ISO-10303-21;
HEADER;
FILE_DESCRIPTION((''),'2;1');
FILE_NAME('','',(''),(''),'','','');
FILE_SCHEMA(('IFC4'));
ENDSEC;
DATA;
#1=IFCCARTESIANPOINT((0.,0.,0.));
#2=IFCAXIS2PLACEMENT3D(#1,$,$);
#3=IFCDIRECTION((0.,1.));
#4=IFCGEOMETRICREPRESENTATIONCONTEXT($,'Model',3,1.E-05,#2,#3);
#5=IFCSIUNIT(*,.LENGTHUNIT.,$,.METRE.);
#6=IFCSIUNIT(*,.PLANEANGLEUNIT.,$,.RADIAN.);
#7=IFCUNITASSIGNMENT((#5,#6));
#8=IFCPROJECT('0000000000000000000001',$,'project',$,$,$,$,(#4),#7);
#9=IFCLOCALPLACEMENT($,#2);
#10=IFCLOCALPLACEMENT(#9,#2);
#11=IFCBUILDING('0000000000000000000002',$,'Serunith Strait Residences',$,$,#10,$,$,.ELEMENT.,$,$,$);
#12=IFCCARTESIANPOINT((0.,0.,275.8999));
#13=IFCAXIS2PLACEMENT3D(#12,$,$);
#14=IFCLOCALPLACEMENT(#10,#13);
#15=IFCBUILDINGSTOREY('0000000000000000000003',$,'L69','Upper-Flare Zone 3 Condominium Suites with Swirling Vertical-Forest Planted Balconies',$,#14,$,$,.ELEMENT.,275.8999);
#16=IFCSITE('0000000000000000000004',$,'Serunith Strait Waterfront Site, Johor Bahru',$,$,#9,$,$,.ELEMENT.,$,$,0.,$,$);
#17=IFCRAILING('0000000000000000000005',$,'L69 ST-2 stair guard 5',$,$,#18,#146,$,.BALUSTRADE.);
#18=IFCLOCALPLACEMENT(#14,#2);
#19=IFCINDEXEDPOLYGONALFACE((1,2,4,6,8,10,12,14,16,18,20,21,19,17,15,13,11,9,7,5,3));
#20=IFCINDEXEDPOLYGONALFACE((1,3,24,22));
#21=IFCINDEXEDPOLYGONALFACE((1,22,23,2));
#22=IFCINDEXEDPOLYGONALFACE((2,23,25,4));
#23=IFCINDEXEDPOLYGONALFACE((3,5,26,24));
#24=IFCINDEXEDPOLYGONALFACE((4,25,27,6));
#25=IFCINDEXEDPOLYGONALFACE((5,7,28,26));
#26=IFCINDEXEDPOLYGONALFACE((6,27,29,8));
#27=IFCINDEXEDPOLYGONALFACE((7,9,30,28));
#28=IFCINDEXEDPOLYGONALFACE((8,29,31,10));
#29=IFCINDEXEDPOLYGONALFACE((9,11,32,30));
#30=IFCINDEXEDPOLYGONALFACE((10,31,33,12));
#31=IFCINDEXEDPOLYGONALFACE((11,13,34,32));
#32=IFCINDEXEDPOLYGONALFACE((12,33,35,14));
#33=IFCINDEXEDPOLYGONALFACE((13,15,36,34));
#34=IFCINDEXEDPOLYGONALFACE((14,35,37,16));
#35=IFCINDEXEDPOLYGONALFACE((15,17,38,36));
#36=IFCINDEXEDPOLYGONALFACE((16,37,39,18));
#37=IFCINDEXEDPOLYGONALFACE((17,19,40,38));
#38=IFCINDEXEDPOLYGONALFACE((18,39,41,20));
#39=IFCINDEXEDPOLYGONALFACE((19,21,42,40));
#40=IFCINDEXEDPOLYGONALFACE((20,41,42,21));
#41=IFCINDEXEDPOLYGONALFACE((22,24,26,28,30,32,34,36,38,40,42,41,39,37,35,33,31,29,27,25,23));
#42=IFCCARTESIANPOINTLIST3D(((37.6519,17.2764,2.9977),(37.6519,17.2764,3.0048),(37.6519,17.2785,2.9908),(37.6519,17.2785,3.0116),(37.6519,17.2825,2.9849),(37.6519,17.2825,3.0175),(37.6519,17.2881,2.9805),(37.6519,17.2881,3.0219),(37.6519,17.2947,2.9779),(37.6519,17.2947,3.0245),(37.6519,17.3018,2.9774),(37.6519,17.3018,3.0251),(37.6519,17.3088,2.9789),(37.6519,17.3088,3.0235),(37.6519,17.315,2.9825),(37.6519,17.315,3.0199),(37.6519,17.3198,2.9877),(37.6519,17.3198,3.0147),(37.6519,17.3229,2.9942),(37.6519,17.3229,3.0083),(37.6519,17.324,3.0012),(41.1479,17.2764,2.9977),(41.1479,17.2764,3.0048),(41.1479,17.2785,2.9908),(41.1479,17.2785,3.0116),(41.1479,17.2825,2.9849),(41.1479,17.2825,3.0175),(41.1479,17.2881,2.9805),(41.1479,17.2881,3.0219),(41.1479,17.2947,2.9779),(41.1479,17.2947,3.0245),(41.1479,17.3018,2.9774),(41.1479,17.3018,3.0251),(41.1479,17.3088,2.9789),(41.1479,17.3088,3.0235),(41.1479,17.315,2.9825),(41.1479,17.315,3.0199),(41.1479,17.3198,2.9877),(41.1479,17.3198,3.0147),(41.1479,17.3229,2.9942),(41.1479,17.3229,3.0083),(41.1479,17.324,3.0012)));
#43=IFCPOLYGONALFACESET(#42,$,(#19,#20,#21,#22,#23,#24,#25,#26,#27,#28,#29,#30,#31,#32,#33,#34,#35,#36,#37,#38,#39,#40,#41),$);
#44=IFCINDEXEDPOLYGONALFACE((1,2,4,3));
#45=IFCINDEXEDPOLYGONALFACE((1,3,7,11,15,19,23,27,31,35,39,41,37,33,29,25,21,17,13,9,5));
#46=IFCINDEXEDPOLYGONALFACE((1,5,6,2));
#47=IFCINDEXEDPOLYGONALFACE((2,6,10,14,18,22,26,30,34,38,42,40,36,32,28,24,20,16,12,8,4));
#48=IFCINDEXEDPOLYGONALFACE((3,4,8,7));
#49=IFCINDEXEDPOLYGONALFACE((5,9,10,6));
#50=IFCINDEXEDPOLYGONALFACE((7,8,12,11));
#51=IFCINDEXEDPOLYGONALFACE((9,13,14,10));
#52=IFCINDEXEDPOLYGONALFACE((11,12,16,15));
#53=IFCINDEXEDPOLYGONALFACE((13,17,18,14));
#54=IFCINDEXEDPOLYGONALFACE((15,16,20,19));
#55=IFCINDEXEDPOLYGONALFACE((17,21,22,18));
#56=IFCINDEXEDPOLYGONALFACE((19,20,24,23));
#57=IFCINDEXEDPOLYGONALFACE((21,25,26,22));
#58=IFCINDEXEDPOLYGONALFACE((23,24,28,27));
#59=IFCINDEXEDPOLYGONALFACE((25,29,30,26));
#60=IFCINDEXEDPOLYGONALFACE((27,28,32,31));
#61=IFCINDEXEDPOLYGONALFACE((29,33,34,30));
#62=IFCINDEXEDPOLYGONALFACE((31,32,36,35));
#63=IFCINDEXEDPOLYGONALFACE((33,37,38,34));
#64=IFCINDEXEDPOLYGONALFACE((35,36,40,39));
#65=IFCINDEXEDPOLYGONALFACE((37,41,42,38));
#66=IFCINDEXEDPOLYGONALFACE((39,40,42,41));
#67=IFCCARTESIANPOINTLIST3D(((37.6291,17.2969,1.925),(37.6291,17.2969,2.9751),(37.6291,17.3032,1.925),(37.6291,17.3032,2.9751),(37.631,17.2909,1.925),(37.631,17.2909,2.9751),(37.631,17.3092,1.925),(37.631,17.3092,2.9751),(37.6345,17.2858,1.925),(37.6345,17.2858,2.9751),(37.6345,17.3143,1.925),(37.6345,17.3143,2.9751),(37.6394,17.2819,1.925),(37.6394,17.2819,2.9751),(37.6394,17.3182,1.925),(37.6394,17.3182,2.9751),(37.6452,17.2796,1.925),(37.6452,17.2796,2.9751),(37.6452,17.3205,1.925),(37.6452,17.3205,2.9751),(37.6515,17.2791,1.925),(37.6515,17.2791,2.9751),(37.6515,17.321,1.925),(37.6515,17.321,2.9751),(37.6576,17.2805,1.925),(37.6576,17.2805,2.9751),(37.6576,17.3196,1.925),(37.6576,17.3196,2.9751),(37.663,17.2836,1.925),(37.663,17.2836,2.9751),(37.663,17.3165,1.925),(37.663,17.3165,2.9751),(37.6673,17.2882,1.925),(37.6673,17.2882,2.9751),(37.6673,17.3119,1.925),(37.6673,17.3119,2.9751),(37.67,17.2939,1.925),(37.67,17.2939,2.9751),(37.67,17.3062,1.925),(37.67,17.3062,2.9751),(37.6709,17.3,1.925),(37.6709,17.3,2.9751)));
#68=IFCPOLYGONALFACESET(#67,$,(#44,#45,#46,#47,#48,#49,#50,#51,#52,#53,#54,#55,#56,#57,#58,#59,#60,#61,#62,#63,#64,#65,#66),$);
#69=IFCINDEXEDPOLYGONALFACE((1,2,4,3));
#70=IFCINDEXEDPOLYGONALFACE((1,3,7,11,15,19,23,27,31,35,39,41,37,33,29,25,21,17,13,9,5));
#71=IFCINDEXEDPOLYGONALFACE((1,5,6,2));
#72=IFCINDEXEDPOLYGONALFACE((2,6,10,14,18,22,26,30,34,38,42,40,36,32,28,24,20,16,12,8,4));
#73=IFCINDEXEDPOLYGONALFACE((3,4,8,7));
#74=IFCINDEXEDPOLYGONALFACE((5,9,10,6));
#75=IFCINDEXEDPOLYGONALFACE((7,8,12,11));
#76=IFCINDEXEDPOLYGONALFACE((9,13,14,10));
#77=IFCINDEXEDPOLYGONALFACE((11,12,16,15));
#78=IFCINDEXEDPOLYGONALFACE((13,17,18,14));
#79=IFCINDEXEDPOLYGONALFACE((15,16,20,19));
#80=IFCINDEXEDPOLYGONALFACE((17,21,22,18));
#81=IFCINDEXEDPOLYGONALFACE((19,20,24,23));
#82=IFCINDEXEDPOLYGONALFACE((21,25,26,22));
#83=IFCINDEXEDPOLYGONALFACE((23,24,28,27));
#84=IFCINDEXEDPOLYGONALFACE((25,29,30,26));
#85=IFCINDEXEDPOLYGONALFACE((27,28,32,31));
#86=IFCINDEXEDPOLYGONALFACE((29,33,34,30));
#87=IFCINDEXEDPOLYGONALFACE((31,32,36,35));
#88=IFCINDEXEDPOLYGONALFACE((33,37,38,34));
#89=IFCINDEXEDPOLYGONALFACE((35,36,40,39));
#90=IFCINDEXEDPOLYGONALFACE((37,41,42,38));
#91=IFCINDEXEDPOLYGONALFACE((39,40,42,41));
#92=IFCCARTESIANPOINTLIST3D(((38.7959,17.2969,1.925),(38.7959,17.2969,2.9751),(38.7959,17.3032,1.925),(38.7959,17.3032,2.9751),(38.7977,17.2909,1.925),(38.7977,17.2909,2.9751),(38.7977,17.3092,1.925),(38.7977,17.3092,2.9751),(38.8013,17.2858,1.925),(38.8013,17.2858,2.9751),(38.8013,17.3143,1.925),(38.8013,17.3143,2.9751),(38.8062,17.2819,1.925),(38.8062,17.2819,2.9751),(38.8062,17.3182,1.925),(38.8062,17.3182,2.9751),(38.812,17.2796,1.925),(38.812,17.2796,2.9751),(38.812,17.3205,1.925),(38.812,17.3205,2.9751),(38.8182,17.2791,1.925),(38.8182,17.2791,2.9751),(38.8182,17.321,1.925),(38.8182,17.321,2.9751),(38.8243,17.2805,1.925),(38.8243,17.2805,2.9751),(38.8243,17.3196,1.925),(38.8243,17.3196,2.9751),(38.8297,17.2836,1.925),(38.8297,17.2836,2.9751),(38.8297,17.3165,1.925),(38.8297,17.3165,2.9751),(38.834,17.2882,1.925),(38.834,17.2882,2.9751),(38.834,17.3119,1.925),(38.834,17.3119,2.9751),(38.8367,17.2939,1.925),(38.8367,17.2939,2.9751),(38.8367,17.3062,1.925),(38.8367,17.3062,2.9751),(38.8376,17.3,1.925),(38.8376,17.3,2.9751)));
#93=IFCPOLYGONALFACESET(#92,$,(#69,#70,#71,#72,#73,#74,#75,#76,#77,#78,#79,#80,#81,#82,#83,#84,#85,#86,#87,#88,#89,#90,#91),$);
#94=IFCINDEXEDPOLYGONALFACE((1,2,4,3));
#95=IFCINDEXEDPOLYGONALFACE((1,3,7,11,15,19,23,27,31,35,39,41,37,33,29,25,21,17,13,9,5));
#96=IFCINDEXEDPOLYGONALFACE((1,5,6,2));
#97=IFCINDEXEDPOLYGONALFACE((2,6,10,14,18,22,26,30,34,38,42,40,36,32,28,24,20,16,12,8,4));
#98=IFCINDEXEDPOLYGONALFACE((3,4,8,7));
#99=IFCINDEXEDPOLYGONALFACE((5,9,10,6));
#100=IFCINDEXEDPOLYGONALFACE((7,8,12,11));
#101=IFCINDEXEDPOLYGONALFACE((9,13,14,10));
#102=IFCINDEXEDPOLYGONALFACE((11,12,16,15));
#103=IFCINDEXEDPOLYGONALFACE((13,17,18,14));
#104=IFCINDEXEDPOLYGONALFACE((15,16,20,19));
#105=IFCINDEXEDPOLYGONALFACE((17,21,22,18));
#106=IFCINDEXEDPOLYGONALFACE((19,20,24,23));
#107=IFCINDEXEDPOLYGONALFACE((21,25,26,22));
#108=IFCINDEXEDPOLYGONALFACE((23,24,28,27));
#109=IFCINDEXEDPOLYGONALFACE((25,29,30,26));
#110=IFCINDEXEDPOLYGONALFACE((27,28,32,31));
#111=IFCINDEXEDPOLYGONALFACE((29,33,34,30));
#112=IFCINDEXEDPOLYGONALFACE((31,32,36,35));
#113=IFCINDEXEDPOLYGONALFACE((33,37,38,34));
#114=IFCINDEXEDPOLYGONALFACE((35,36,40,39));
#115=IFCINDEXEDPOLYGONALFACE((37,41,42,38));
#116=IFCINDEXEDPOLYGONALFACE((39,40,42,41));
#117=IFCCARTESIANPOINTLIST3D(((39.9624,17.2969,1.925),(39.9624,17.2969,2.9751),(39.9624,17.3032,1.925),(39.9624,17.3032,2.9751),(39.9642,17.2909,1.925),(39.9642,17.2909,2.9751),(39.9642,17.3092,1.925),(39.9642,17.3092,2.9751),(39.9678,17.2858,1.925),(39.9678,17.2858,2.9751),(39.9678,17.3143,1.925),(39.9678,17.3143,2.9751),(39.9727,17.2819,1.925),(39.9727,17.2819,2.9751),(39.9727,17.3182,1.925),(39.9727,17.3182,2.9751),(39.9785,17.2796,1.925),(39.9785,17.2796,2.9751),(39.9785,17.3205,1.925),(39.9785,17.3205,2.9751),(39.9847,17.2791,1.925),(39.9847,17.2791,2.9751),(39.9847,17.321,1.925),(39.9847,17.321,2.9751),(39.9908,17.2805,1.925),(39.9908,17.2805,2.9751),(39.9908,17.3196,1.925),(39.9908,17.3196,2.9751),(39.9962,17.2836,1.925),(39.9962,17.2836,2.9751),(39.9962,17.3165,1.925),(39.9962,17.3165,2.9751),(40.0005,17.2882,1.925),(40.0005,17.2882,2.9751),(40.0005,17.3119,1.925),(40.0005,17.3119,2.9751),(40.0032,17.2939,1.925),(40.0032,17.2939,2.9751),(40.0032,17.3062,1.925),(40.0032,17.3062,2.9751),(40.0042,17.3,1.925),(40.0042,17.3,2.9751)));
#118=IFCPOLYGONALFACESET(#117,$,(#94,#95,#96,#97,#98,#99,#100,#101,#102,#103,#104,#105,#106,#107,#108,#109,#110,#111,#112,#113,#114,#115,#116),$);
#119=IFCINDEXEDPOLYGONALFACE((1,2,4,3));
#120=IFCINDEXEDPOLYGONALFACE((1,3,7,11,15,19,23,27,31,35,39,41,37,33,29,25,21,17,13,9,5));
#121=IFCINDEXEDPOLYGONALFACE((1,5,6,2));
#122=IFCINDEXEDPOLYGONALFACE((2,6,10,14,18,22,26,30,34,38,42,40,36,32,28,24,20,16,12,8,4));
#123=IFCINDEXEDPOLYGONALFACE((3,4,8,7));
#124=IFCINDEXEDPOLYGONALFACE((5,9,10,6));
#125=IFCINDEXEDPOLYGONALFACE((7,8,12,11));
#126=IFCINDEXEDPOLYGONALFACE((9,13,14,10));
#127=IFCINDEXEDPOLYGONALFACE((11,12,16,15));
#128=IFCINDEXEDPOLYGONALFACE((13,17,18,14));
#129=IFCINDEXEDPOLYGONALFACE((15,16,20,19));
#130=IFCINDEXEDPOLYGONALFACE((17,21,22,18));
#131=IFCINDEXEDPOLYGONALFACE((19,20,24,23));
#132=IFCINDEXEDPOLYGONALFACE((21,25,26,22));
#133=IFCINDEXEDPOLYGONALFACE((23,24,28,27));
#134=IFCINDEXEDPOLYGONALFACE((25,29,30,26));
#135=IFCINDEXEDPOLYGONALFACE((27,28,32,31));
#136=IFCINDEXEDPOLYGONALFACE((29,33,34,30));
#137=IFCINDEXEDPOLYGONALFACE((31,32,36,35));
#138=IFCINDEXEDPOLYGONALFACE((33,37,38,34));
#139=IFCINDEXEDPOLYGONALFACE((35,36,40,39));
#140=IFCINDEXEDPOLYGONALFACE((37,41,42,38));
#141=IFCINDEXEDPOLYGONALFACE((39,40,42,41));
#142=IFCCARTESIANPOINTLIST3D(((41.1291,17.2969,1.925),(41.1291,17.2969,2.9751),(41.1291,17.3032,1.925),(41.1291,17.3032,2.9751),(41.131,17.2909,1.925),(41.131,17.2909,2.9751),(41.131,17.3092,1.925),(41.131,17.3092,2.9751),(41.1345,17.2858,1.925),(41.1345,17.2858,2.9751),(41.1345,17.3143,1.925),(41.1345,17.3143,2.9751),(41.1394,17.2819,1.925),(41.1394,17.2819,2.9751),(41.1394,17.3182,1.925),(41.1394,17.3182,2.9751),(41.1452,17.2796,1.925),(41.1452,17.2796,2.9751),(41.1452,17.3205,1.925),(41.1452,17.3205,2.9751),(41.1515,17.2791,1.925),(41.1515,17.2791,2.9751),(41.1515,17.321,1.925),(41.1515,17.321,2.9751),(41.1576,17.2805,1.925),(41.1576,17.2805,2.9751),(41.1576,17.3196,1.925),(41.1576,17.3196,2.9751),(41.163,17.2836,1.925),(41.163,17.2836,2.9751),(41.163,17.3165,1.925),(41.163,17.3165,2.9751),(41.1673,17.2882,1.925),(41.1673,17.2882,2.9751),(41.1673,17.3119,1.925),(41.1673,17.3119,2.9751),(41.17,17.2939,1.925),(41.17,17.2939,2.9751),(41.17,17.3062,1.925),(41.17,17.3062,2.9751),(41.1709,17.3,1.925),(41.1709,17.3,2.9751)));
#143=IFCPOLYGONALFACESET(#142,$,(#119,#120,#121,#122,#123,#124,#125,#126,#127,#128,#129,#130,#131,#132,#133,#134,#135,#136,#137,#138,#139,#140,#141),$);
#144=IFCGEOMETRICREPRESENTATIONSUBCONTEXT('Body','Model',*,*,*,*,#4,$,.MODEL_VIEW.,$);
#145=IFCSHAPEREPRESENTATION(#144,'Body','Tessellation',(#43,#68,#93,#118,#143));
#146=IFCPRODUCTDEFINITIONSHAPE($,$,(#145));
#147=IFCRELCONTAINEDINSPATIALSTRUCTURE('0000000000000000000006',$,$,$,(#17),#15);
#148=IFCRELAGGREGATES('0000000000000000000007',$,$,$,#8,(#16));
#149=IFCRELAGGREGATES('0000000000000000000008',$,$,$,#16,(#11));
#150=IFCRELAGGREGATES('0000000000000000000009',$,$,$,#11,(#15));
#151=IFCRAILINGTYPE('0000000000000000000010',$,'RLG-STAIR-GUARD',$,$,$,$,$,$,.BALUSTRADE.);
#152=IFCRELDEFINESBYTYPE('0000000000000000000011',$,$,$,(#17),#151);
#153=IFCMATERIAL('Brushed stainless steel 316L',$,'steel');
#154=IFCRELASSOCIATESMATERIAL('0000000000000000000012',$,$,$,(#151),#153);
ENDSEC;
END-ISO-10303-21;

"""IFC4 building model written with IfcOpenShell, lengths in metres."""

from ifc_helpers import new_model, si_unit, direction, frame, origin, origin_2d, place, context, subcontext, project, spatial, circle, extrude, material, type_object, element, save


model = new_model("IFC4")

# Units and contexts
model_context = context("Model", 3, precision=1e-05, world=origin(), true_north=direction((0.0, 1.0)))
body_context = subcontext(model_context, "Body", "Model", "MODEL_VIEW")
ifc_project = project(units=[si_unit("LENGTHUNIT", "METRE"), si_unit("PLANEANGLEUNIT", "RADIAN")], contexts=[model_context])

# Site, building, storey
site_placement = place(None, origin())
site = spatial("IfcSite", under=ifc_project, at=site_placement, Name="Serunith Strait Waterfront Site, Johor Bahru", CompositionType="ELEMENT", RefElevation=0.0)
building_placement = place(site_placement, origin())
building = spatial("IfcBuilding", under=site, at=building_placement, Name="Serunith Strait Residences", CompositionType="ELEMENT")
storey_placement = place(building_placement, frame((0.0, 0.0, 275.8999)))
storey = spatial("IfcBuildingStorey", under=building, at=storey_placement, Name="L69", Description="Upper-Flare Zone 3 Condominium Suites with Swirling Vertical-Forest Planted Balconies", CompositionType="ELEMENT", Elevation=275.8999)

# Railing
ifc_material_1 = material(Name="Brushed stainless steel 316L", Category="steel")
railing_type_1 = type_object("IfcRailingType", Name="RLG-STAIR-GUARD", PredefinedType="BALUSTRADE", material=ifc_material_1)
railing_1_placement = place(storey_placement, frame((37.6499, 17.3, 1.925)))
element("IfcRailing", 1, at=railing_1_placement, inside=storey, type_object=railing_type_1, Name="L69 ST-2 stair guard 5", PredefinedType="BALUSTRADE", context=body_context, shape_type="SweptSolid", body=[
    extrude(circle(Radius=0.0239, at=origin_2d()), frame((0.002, 0.0, 1.0762), z_axis=(1.0, 0.0, 0.0), x_axis=(0.0, 1.0, 0.0)), (0.0, 0.0, 1.0), 3.4961),
    extrude(circle(Radius=0.021, at=origin_2d()), origin(), (0.0, 0.0, 1.0), 1.05),
    extrude(circle(Radius=0.021, at=origin_2d()), frame((1.1667, 0.0, 0.0)), (0.0, 0.0, 1.0), 1.05),
    extrude(circle(Radius=0.021, at=origin_2d()), frame((2.3333, 0.0, 0.0)), (0.0, 0.0, 1.0), 1.05),
    extrude(circle(Radius=0.021, at=origin_2d()), frame((3.5, 0.0, 0.0)), (0.0, 0.0, 1.0), 1.05),
])

save(model, "model.ifc")
